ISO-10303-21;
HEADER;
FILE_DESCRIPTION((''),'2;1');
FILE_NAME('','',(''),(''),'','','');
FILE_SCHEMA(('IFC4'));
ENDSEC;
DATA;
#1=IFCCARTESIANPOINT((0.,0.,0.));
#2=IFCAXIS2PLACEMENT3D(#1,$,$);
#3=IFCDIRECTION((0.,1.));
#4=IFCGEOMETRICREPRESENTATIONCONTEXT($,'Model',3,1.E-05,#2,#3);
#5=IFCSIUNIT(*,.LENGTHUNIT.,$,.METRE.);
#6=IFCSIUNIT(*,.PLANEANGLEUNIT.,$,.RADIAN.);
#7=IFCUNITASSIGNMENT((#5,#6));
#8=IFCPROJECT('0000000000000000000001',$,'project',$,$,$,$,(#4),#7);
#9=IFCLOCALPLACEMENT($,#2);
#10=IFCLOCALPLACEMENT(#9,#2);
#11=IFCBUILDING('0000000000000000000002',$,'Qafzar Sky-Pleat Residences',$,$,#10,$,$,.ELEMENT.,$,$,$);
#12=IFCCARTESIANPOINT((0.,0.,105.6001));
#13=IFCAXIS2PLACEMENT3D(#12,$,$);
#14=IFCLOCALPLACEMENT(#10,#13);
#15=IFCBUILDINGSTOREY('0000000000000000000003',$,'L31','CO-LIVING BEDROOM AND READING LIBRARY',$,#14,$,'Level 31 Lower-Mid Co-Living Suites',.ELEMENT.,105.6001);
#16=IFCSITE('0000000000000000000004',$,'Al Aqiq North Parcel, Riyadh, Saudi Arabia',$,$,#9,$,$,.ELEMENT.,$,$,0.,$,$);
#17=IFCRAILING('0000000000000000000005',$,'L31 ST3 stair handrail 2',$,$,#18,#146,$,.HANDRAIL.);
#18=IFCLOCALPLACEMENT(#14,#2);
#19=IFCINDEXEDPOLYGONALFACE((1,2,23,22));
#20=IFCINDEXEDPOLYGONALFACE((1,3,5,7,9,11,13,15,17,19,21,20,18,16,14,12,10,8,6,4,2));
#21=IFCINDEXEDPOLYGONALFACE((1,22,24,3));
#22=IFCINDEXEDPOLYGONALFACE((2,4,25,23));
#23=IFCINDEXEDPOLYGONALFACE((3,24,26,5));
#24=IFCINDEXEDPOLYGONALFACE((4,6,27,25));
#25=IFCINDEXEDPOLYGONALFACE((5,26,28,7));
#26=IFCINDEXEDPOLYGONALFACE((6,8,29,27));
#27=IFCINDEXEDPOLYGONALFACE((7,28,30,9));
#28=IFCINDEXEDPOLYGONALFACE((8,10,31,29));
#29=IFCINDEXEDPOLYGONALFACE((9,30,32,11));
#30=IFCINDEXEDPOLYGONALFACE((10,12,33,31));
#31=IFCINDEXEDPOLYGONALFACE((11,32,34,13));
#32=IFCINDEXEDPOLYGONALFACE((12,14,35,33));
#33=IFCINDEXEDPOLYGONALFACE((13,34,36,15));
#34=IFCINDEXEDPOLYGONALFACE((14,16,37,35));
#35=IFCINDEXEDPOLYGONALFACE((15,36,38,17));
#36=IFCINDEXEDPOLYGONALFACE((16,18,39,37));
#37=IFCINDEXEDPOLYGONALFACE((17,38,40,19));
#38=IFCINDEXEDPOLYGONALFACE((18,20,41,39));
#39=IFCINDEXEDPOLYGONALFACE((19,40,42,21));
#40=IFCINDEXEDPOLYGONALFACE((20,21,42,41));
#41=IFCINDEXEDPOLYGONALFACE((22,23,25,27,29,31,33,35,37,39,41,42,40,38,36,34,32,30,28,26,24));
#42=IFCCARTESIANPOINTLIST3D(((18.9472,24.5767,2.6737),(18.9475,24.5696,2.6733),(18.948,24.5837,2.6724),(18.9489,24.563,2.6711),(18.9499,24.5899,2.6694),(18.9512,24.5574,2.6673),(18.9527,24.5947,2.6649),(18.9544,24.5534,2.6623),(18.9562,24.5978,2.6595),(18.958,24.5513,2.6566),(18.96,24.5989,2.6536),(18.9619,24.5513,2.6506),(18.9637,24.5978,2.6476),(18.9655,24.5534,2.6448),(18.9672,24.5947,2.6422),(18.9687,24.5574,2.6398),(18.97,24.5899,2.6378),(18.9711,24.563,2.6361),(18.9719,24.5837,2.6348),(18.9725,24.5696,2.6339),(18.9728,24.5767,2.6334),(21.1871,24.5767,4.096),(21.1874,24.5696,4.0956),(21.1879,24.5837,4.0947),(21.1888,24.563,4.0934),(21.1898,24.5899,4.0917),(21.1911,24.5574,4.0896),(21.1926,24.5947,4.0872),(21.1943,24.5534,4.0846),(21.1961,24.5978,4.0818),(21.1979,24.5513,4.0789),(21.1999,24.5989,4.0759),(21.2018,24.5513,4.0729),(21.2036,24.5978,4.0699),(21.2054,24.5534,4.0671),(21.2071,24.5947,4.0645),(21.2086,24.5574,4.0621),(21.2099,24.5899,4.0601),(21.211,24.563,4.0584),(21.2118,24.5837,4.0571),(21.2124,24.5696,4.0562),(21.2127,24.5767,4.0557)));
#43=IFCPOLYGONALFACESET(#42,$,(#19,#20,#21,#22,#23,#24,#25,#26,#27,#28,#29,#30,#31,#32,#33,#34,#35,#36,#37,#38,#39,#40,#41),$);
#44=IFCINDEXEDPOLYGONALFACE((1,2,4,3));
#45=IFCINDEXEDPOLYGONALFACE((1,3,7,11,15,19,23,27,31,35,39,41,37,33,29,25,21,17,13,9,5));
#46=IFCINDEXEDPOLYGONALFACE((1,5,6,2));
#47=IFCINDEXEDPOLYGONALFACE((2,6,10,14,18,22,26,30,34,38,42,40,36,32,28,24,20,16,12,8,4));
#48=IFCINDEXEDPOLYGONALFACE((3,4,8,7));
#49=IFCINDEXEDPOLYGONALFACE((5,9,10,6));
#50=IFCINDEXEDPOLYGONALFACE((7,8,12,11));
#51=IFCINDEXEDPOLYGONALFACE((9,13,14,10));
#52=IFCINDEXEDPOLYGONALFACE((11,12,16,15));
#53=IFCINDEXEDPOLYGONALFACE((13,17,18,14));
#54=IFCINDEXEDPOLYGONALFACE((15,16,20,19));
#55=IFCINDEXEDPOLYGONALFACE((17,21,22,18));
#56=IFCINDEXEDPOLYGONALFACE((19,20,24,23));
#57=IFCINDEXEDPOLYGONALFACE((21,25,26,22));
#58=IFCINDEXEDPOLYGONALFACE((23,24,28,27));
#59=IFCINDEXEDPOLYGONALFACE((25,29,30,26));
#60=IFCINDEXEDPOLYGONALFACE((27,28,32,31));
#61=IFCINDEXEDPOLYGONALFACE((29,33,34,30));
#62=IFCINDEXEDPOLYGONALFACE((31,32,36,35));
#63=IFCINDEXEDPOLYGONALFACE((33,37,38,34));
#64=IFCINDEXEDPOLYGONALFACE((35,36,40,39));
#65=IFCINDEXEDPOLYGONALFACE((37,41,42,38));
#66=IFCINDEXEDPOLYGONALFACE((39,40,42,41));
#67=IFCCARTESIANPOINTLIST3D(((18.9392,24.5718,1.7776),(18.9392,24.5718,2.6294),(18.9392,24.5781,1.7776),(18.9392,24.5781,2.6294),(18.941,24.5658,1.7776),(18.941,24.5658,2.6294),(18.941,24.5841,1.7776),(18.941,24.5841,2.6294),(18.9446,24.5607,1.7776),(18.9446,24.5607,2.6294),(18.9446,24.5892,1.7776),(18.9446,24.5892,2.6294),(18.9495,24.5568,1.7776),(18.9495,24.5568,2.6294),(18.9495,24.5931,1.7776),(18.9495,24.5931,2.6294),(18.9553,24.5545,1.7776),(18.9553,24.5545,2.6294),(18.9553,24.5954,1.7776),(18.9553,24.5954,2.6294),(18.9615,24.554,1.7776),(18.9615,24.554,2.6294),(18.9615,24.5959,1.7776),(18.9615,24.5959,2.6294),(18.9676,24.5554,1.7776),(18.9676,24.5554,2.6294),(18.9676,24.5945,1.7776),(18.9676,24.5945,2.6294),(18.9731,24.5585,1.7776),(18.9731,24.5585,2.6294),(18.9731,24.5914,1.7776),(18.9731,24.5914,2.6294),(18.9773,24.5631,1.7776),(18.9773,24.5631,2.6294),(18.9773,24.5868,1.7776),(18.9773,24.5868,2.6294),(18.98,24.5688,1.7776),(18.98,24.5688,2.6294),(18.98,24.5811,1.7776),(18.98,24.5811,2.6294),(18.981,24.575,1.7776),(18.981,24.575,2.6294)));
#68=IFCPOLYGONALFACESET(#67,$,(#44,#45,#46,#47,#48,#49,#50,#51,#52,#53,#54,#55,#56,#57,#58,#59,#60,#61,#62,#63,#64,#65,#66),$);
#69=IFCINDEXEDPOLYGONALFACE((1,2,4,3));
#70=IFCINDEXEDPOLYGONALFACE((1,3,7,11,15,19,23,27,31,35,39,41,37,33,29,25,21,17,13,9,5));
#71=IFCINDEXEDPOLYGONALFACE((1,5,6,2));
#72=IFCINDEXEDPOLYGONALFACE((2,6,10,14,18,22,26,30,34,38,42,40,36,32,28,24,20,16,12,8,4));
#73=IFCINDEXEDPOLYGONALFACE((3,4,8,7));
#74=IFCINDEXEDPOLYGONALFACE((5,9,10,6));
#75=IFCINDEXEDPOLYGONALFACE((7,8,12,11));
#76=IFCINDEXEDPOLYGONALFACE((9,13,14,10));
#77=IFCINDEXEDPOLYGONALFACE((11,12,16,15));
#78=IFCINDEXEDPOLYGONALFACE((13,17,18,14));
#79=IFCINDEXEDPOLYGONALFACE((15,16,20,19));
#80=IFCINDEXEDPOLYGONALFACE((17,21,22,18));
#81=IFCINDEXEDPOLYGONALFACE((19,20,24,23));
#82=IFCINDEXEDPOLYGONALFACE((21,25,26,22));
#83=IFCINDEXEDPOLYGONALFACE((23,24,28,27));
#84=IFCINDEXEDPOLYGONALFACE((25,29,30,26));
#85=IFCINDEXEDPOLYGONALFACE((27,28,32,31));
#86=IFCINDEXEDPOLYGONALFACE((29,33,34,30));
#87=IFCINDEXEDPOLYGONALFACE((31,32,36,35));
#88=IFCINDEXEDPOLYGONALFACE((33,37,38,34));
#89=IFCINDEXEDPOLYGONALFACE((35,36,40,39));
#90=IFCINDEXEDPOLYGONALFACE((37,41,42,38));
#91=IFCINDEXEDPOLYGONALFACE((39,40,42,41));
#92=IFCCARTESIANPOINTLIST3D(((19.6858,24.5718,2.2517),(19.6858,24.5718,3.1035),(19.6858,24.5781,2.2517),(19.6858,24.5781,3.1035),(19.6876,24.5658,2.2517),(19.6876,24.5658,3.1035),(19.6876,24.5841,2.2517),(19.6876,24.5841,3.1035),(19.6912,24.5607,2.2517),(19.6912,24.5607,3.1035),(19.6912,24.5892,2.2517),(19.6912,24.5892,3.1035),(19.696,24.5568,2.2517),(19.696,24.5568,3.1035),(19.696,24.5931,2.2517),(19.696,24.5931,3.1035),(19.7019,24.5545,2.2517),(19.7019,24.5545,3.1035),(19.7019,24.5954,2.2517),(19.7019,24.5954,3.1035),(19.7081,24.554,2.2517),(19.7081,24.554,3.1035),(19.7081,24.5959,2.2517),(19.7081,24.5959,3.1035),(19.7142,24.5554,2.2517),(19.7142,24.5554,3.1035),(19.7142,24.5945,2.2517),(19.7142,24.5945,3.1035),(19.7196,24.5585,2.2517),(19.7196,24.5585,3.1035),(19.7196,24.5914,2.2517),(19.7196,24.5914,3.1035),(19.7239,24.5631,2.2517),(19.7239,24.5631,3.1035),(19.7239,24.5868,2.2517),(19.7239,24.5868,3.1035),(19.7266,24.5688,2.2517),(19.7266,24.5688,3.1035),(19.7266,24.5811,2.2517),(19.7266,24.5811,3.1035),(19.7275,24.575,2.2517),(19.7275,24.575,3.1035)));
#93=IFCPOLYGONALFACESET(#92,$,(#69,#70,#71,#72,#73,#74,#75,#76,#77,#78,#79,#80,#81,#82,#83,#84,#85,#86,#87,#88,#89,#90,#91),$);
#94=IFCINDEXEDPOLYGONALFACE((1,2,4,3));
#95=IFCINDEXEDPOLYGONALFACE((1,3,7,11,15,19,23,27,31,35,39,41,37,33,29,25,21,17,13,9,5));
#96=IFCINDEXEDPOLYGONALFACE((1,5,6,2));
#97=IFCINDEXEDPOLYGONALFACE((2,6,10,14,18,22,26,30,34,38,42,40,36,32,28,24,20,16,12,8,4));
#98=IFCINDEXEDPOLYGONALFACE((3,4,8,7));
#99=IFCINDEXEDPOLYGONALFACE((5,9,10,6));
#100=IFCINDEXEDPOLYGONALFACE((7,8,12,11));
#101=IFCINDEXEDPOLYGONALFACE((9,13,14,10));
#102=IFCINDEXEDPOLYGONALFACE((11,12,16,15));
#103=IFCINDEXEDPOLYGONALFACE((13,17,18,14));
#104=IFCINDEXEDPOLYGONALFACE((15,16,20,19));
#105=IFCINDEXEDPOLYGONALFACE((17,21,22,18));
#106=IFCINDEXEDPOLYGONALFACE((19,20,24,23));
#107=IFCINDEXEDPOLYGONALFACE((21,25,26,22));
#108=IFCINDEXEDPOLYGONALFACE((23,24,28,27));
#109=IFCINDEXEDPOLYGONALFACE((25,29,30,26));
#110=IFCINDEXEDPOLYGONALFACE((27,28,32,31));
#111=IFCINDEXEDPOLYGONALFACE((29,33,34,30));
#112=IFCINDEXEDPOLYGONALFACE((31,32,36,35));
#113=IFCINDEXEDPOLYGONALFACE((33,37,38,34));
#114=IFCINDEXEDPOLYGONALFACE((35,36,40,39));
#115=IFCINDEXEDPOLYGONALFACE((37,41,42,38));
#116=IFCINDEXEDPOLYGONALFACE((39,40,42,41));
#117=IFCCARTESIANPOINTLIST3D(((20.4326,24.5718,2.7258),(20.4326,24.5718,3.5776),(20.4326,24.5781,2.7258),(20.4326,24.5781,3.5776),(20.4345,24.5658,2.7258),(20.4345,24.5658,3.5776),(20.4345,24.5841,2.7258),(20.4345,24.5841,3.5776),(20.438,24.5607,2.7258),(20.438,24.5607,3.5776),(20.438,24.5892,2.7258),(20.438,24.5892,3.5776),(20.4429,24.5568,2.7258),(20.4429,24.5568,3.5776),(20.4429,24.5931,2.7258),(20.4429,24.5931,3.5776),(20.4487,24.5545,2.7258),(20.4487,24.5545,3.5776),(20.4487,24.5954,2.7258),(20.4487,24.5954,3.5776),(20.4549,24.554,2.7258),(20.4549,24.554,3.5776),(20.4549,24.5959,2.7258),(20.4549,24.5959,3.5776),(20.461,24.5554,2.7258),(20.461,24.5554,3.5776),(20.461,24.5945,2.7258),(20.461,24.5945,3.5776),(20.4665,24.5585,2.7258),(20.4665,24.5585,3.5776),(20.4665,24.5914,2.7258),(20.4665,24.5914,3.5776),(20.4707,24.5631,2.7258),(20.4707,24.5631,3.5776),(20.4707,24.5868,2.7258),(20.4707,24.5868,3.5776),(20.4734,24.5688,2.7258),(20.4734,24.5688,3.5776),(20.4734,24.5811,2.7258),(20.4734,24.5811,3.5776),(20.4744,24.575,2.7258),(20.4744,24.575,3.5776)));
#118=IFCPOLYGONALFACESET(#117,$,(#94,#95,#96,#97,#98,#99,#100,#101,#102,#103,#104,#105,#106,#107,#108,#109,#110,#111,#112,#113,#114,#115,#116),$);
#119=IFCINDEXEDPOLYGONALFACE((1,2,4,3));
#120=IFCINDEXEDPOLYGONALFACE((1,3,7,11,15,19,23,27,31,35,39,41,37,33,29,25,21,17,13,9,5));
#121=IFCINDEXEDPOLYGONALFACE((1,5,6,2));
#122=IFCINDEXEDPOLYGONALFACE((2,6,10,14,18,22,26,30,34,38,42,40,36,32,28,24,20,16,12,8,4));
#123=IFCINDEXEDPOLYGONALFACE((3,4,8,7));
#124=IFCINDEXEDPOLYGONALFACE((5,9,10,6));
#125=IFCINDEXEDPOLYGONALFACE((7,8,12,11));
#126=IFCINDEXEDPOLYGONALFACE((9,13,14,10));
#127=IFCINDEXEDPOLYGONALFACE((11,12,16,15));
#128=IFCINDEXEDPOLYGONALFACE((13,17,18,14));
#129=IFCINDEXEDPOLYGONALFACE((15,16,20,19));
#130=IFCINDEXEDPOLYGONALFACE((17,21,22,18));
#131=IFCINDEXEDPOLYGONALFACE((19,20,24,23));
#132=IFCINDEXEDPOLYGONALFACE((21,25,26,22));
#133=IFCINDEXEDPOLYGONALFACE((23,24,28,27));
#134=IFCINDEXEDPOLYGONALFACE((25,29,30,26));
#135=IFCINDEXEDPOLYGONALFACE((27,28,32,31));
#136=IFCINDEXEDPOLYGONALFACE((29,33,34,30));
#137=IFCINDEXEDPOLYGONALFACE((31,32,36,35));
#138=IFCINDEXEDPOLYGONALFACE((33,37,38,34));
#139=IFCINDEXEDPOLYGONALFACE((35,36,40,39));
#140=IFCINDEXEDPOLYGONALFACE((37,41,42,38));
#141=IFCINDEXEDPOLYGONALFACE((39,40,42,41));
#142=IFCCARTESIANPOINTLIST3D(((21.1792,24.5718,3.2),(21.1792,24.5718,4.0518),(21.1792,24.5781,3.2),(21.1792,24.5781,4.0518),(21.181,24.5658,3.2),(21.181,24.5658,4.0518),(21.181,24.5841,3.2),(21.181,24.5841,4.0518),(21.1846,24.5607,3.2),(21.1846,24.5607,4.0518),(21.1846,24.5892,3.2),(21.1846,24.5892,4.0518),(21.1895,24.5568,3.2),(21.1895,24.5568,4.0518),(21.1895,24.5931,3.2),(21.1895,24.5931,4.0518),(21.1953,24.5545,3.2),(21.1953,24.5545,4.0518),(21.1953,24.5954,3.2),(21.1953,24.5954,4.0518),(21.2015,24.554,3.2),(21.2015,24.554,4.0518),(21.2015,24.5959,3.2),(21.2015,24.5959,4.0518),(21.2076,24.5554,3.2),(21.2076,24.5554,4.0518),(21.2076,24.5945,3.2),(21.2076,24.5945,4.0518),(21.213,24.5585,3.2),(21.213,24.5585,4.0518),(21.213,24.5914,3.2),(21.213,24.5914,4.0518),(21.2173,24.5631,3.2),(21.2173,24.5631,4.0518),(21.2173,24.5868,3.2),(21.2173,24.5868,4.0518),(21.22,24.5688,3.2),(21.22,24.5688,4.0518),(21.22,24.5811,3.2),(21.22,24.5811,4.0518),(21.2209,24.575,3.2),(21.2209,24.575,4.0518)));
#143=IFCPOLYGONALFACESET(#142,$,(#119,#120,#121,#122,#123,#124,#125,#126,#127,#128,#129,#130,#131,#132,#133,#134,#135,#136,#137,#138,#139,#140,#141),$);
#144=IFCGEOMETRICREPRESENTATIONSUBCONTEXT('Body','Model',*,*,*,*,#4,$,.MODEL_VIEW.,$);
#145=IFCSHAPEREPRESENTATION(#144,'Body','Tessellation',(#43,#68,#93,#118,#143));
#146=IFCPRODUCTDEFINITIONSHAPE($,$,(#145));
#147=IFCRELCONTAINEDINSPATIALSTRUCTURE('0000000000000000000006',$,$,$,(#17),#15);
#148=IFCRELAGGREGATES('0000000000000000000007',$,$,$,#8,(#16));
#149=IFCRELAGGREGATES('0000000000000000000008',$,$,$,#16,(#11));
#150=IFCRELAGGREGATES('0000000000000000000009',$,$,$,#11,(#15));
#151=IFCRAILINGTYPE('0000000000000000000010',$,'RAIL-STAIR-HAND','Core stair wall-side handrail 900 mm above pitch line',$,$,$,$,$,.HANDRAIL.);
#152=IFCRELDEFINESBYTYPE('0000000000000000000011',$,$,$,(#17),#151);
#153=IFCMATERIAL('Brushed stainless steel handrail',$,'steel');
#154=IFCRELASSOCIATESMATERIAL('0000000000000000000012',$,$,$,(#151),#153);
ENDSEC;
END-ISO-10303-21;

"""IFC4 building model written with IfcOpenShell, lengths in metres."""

from ifc_helpers import new_model, si_unit, direction, frame, origin, origin_2d, place, context, subcontext, project, spatial, circle, extrude, source, transform, mapped, material, type_object, element, save


model = new_model("IFC4")

# Units and contexts
model_context = context("Model", 3, precision=1e-05, world=origin(), true_north=direction((0.0, 1.0)))
body_context = subcontext(model_context, "Body", "Model", "MODEL_VIEW")
ifc_project = project(units=[si_unit("LENGTHUNIT", "METRE"), si_unit("PLANEANGLEUNIT", "RADIAN")], contexts=[model_context])

# Site, building, storey
site_placement = place(None, origin())
site = spatial("IfcSite", under=ifc_project, at=site_placement, Name="Al Aqiq North Parcel, Riyadh, Saudi Arabia", CompositionType="ELEMENT", RefElevation=0.0)
building_placement = place(site_placement, origin())
building = spatial("IfcBuilding", under=site, at=building_placement, Name="Qafzar Sky-Pleat Residences", CompositionType="ELEMENT")
storey_placement = place(building_placement, frame((0.0, 0.0, 105.6001)))
storey = spatial("IfcBuildingStorey", under=building, at=storey_placement, Name="L31", Description="CO-LIVING BEDROOM AND READING LIBRARY", LongName="Level 31 Lower-Mid Co-Living Suites", CompositionType="ELEMENT", Elevation=105.6001)

# Railing
ifc_material_1 = material(Name="Brushed stainless steel handrail", Category="steel")
railing_type_1 = type_object("IfcRailingType", Name="RAIL-STAIR-HAND", Description="Core stair wall-side handrail 900 mm above pitch line", PredefinedType="HANDRAIL", material=ifc_material_1)
shared_shape_1 = source(origin(), body_context, "Body", "SweptSolid", [
    extrude(circle(Radius=0.0239, at=origin_2d()), frame((0.0, 0.0, 0.876), z_axis=(0.844188, 0.0, 0.536048), x_axis=(0.0, 1.0, 0.0)), (0.0, 0.0, 1.0), 2.6533),
    extrude(circle(Radius=0.021, at=origin_2d()), origin(), (0.0, 0.0, 1.0), 0.8518),
    extrude(circle(Radius=0.021, at=origin_2d()), frame((0.7466, 0.0, 0.4741)), (0.0, 0.0, 1.0), 0.8518),
    extrude(circle(Radius=0.021, at=origin_2d()), frame((1.4934, 0.0, 0.9482)), (0.0, 0.0, 1.0), 0.8518),
    extrude(circle(Radius=0.021, at=origin_2d()), frame((2.24, 0.0, 1.4224)), (0.0, 0.0, 1.0), 0.8518),
])
railing_1_placement = place(storey_placement, frame((18.96, 24.575, 1.7776)))
element("IfcRailing", 1, at=railing_1_placement, inside=storey, type_object=railing_type_1, Name="L31 ST3 stair handrail 2", PredefinedType="HANDRAIL", context=body_context, shape_type="MappedRepresentation", body=[
    mapped(shared_shape_1, transform((0.0, 0.0, 0.0), x_axis=(1.0, 0.0, 0.0), y_axis=(0.0, 1.0, 0.0), z_axis=(0.0, 0.0, 1.0), scale=1.0)),
])

save(model, "model.ifc")
